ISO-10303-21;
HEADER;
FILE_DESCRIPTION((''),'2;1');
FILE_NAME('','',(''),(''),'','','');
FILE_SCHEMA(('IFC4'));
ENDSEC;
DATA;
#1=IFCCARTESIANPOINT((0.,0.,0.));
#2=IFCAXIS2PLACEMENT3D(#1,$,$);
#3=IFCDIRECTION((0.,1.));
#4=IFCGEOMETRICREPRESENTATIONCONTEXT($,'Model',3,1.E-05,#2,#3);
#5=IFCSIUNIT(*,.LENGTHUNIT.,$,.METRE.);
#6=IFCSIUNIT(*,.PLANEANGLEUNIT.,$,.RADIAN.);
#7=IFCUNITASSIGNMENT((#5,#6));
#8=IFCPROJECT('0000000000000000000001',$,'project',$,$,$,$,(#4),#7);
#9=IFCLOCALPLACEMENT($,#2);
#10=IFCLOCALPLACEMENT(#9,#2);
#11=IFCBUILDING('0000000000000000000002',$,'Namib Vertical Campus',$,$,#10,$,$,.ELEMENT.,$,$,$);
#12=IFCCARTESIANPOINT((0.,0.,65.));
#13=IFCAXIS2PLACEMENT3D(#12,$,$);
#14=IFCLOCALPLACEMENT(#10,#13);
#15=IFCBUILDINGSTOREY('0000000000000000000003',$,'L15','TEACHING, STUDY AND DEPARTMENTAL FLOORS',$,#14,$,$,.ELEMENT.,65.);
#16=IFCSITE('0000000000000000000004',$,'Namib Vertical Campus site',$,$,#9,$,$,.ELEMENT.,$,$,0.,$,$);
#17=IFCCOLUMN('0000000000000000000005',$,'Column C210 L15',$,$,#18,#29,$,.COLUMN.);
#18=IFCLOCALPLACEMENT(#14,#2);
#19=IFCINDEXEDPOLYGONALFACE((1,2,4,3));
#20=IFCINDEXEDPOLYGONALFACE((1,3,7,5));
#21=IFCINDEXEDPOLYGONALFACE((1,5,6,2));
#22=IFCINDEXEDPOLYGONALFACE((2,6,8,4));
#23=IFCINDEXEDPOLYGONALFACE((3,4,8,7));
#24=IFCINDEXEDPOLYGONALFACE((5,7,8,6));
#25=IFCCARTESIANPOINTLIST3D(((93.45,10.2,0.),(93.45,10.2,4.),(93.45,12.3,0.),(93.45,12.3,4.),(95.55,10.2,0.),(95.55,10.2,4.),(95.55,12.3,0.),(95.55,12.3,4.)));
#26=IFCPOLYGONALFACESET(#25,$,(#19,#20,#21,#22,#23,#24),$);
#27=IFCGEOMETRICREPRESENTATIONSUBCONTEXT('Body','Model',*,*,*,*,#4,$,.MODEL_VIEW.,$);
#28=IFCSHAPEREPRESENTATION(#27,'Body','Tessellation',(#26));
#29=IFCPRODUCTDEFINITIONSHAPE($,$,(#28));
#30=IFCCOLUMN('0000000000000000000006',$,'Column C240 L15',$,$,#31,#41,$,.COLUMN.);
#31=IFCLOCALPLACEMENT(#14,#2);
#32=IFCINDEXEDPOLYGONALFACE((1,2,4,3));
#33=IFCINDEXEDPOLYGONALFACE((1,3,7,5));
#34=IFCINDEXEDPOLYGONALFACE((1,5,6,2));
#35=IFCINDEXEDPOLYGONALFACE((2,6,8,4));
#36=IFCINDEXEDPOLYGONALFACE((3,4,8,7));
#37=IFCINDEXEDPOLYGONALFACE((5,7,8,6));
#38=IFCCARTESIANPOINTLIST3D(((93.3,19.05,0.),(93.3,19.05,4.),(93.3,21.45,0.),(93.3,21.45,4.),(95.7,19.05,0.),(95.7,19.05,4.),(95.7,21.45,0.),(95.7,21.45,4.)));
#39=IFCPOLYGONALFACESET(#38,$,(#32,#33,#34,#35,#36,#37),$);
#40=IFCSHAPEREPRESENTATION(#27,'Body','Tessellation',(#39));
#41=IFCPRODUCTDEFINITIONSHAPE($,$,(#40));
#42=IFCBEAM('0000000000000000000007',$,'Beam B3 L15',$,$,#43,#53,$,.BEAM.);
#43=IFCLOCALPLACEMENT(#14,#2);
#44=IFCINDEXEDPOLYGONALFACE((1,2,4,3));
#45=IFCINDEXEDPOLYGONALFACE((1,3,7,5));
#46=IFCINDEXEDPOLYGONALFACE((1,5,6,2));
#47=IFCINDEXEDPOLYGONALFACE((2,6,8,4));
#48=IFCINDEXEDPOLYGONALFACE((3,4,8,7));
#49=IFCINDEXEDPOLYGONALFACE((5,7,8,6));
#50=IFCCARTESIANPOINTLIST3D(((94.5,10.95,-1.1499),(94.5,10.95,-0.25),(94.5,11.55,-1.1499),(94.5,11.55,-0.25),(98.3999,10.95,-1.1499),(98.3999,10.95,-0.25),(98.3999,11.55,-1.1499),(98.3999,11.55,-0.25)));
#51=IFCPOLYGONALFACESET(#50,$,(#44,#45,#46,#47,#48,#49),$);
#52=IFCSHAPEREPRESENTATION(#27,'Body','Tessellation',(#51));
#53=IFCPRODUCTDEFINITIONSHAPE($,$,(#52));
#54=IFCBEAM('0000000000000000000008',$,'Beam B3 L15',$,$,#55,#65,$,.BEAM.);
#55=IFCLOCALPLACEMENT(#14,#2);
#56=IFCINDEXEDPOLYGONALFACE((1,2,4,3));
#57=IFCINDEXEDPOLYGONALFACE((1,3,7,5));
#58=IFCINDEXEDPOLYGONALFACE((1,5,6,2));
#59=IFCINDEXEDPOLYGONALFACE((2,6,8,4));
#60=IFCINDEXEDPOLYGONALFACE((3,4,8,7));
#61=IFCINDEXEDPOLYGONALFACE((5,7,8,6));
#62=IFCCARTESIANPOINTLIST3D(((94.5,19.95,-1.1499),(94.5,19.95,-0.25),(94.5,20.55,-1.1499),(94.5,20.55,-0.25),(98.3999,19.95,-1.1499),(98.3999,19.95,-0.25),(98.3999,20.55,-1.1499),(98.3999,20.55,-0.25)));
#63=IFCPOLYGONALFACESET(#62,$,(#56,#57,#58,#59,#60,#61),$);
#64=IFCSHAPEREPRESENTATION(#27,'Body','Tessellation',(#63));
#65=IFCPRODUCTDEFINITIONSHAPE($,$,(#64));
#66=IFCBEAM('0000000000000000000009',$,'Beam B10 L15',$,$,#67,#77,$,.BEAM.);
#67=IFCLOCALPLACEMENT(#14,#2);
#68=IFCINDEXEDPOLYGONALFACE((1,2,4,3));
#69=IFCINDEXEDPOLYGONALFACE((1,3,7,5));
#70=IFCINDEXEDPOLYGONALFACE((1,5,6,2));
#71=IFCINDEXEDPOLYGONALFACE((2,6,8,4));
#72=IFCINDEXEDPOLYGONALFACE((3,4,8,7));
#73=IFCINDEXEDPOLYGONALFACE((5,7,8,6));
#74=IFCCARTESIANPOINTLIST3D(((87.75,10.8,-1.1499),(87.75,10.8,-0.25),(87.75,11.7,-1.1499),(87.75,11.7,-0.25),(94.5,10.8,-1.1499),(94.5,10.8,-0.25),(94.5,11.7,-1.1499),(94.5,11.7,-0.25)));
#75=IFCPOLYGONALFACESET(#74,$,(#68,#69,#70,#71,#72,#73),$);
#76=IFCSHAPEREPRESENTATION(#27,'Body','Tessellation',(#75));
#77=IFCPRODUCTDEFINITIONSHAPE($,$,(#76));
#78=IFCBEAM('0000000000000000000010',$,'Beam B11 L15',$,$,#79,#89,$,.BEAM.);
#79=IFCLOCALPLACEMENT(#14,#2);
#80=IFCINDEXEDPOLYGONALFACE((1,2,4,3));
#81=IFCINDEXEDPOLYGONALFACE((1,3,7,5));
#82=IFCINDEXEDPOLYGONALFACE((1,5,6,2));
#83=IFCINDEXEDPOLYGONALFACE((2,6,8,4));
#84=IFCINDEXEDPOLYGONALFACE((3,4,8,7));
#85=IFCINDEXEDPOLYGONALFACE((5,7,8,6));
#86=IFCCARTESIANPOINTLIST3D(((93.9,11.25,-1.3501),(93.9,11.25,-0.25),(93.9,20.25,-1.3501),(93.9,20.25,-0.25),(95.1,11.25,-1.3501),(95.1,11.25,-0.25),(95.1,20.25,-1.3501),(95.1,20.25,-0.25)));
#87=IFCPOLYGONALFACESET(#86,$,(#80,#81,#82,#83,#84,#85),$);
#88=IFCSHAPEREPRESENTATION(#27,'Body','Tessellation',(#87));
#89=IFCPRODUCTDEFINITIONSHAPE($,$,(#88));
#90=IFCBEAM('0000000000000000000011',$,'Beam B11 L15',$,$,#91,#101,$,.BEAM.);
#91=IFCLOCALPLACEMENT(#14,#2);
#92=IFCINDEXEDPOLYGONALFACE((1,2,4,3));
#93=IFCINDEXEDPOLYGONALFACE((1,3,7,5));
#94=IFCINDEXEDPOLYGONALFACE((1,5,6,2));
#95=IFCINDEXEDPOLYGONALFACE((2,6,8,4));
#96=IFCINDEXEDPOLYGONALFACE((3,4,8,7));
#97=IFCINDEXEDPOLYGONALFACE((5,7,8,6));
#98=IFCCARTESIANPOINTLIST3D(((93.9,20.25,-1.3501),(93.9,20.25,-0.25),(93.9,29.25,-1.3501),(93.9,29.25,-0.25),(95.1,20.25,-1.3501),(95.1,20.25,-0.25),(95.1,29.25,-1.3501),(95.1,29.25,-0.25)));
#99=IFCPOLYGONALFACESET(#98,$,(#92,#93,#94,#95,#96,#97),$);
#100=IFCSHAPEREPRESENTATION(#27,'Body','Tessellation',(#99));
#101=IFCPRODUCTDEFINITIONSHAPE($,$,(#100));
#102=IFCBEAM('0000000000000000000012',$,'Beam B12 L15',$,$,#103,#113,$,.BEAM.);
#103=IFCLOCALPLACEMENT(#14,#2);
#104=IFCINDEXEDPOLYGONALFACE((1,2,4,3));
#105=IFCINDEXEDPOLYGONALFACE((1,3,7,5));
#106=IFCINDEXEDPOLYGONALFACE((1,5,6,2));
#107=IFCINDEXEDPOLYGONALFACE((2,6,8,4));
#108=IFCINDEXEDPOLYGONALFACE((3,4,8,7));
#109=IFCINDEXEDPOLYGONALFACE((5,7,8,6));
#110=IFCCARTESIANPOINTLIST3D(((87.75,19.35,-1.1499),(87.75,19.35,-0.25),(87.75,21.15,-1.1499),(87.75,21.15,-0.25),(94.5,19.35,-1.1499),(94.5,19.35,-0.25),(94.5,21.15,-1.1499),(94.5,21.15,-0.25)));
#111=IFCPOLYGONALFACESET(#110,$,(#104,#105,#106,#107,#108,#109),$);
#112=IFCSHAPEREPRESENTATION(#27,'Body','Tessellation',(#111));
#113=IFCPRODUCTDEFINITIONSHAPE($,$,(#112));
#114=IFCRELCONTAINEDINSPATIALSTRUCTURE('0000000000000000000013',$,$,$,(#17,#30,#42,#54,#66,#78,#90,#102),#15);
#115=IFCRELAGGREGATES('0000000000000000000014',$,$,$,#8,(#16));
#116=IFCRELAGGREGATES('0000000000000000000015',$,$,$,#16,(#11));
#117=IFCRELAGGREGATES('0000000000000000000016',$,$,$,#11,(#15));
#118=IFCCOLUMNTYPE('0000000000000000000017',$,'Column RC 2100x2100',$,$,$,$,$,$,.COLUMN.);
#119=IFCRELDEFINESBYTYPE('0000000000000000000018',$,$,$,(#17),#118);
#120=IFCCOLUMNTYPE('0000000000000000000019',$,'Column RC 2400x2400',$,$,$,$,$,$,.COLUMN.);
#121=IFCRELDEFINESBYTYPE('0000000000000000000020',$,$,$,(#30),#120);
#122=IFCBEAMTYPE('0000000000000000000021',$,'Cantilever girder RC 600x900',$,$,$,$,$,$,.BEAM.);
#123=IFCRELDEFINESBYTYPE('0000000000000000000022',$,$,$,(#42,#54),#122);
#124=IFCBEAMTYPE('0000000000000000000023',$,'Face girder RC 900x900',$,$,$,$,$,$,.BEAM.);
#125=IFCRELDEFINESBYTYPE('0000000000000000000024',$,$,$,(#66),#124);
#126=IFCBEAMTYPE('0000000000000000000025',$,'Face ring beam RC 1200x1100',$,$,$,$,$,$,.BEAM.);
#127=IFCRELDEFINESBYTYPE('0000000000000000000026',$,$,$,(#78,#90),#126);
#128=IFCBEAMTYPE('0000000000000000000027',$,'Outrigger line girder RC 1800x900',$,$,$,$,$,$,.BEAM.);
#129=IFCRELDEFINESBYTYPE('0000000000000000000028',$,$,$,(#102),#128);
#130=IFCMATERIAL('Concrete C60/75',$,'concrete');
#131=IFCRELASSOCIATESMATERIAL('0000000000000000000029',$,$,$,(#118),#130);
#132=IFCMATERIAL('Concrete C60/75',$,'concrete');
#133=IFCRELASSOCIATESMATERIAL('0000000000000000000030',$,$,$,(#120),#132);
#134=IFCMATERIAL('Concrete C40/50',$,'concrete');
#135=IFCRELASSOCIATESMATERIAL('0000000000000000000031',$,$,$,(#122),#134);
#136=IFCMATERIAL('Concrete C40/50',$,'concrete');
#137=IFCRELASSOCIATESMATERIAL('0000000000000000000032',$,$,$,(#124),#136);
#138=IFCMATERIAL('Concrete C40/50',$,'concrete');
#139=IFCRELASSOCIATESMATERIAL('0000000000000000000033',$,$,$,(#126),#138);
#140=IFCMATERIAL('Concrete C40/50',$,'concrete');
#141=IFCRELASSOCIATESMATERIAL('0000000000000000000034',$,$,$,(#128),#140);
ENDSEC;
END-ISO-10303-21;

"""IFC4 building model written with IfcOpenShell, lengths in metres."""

from ifc_helpers import new_model, si_unit, direction, frame, origin, origin_2d, place, context, subcontext, project, spatial, rectangle, extrude, material, material_profile, profile_set, type_object, element, save


model = new_model("IFC4")

# Units and contexts
model_context = context("Model", 3, precision=1e-05, world=origin(), true_north=direction((0.0, 1.0)))
body_context = subcontext(model_context, "Body", "Model", "MODEL_VIEW")
ifc_project = project(units=[si_unit("LENGTHUNIT", "METRE"), si_unit("PLANEANGLEUNIT", "RADIAN")], contexts=[model_context])

# Site, building, storey
site_placement = place(None, origin())
site = spatial("IfcSite", under=ifc_project, at=site_placement, Name="Namib Vertical Campus site", CompositionType="ELEMENT", RefElevation=0.0)
building_placement = place(site_placement, origin())
building = spatial("IfcBuilding", under=site, at=building_placement, Name="Namib Vertical Campus", CompositionType="ELEMENT")
storey_placement = place(building_placement, frame((0.0, 0.0, 65.0)))
storey = spatial("IfcBuildingStorey", under=building, at=storey_placement, Name="L15", Description="TEACHING, STUDY AND DEPARTMENTAL FLOORS", CompositionType="ELEMENT", Elevation=65.0)

# Columns
ifc_material_1 = material(Name="Concrete C60/75", Category="concrete")
ifc_material_profile_1 = material_profile(ifc_material_1, rectangle(XDim=2.1001, YDim=2.1001, at=origin_2d()))
ifc_profile_set_1 = profile_set([ifc_material_profile_1], Name="Concrete C60/75")
column_type_1 = type_object("IfcColumnType", Name="Column RC 2100x2100", PredefinedType="COLUMN", material=ifc_profile_set_1)
column_1_placement = place(storey_placement, frame((94.5, 11.25, 0.0), z_axis=(0.0, 0.0, 1.0), x_axis=(1.0, 0.0, 0.0)))
element("IfcColumn", 1, at=column_1_placement, inside=storey, type_object=column_type_1, Name="Column C210 L15", PredefinedType="COLUMN", context=body_context, shape_type="SweptSolid", body=[
    extrude(rectangle(XDim=2.1001, YDim=2.1001, at=origin_2d()), origin(), (0.0, 0.0, 1.0), 4.0),
])
ifc_material_2 = material(Name="Concrete C60/75", Category="concrete")
ifc_material_profile_2 = material_profile(ifc_material_2, rectangle(XDim=2.3999, YDim=2.3999, at=origin_2d()))
ifc_profile_set_2 = profile_set([ifc_material_profile_2], Name="Concrete C60/75")
column_type_2 = type_object("IfcColumnType", Name="Column RC 2400x2400", PredefinedType="COLUMN", material=ifc_profile_set_2)
column_2_placement = place(storey_placement, frame((94.5, 20.25, 0.0), z_axis=(0.0, 0.0, 1.0), x_axis=(1.0, 0.0, 0.0)))
element("IfcColumn", 2, at=column_2_placement, inside=storey, type_object=column_type_2, Name="Column C240 L15", PredefinedType="COLUMN", context=body_context, shape_type="SweptSolid", body=[
    extrude(rectangle(XDim=2.3999, YDim=2.3999, at=origin_2d()), origin(), (0.0, 0.0, 1.0), 4.0),
])

# Beams
ifc_material_3 = material(Name="Concrete C40/50", Category="concrete")
ifc_material_profile_3 = material_profile(ifc_material_3, rectangle(XDim=0.6001, YDim=0.8999, at=origin_2d()))
ifc_profile_set_3 = profile_set([ifc_material_profile_3], Name="Concrete C40/50")
beam_type_1 = type_object("IfcBeamType", Name="Cantilever girder RC 600x900", PredefinedType="BEAM", material=ifc_profile_set_3)
for number, where, z_axis, x_axis, name in (
    (3, (94.5, 11.25, -0.7), (1.0, 0.0, 0.0), (0.0, 1.0, 0.0), "Beam B3 L15"),
    (4, (94.5, 20.25, -0.7), (1.0, 0.0, 0.0), (0.0, 1.0, 0.0), "Beam B3 L15"),
):
    element("IfcBeam", number, at=place(storey_placement, frame(where, z_axis=z_axis, x_axis=x_axis)), inside=storey, type_object=beam_type_1, Name=name, PredefinedType="BEAM", context=body_context, shape_type="SweptSolid", body=[
        extrude(rectangle(XDim=0.6001, YDim=0.8999, at=origin_2d()), origin(), (0.0, 0.0, 1.0), 3.8999),
    ])
ifc_material_4 = material(Name="Concrete C40/50", Category="concrete")
ifc_material_profile_4 = material_profile(ifc_material_4, rectangle(XDim=0.8999, YDim=0.8999, at=origin_2d()))
ifc_profile_set_4 = profile_set([ifc_material_profile_4], Name="Concrete C40/50")
beam_type_2 = type_object("IfcBeamType", Name="Face girder RC 900x900", PredefinedType="BEAM", material=ifc_profile_set_4)
beam_1_placement = place(storey_placement, frame((94.5, 11.25, -0.7), z_axis=(-1.0, 0.0, 0.0), x_axis=(0.0, -1.0, 0.0)))
element("IfcBeam", 5, at=beam_1_placement, inside=storey, type_object=beam_type_2, Name="Beam B10 L15", PredefinedType="BEAM", context=body_context, shape_type="SweptSolid", body=[
    extrude(rectangle(XDim=0.8999, YDim=0.8999, at=origin_2d()), origin(), (0.0, 0.0, 1.0), 6.75),
])
ifc_material_5 = material(Name="Concrete C40/50", Category="concrete")
ifc_material_profile_5 = material_profile(ifc_material_5, rectangle(XDim=1.2, YDim=1.1001, at=origin_2d()))
ifc_profile_set_5 = profile_set([ifc_material_profile_5], Name="Concrete C40/50")
beam_type_3 = type_object("IfcBeamType", Name="Face ring beam RC 1200x1100", PredefinedType="BEAM", material=ifc_profile_set_5)
for number, where, z_axis, x_axis, name in (
    (6, (94.5, 11.25, -0.8), (0.0, 1.0, 0.0), (-1.0, 0.0, 0.0), "Beam B11 L15"),
    (7, (94.5, 20.25, -0.8), (0.0, 1.0, 0.0), (-1.0, 0.0, 0.0), "Beam B11 L15"),
):
    element("IfcBeam", number, at=place(storey_placement, frame(where, z_axis=z_axis, x_axis=x_axis)), inside=storey, type_object=beam_type_3, Name=name, PredefinedType="BEAM", context=body_context, shape_type="SweptSolid", body=[
        extrude(rectangle(XDim=1.2, YDim=1.1001, at=origin_2d()), origin(), (0.0, 0.0, 1.0), 9.0),
    ])
ifc_material_6 = material(Name="Concrete C40/50", Category="concrete")
ifc_material_profile_6 = material_profile(ifc_material_6, rectangle(XDim=1.8, YDim=0.8999, at=origin_2d()))
ifc_profile_set_6 = profile_set([ifc_material_profile_6], Name="Concrete C40/50")
beam_type_4 = type_object("IfcBeamType", Name="Outrigger line girder RC 1800x900", PredefinedType="BEAM", material=ifc_profile_set_6)
beam_2_placement = place(storey_placement, frame((94.5, 20.25, -0.7), z_axis=(-1.0, 0.0, 0.0), x_axis=(0.0, -1.0, 0.0)))
element("IfcBeam", 8, at=beam_2_placement, inside=storey, type_object=beam_type_4, Name="Beam B12 L15", PredefinedType="BEAM", context=body_context, shape_type="SweptSolid", body=[
    extrude(rectangle(XDim=1.8, YDim=0.8999, at=origin_2d()), origin(), (0.0, 0.0, 1.0), 6.75),
])

save(model, "model.ifc")
